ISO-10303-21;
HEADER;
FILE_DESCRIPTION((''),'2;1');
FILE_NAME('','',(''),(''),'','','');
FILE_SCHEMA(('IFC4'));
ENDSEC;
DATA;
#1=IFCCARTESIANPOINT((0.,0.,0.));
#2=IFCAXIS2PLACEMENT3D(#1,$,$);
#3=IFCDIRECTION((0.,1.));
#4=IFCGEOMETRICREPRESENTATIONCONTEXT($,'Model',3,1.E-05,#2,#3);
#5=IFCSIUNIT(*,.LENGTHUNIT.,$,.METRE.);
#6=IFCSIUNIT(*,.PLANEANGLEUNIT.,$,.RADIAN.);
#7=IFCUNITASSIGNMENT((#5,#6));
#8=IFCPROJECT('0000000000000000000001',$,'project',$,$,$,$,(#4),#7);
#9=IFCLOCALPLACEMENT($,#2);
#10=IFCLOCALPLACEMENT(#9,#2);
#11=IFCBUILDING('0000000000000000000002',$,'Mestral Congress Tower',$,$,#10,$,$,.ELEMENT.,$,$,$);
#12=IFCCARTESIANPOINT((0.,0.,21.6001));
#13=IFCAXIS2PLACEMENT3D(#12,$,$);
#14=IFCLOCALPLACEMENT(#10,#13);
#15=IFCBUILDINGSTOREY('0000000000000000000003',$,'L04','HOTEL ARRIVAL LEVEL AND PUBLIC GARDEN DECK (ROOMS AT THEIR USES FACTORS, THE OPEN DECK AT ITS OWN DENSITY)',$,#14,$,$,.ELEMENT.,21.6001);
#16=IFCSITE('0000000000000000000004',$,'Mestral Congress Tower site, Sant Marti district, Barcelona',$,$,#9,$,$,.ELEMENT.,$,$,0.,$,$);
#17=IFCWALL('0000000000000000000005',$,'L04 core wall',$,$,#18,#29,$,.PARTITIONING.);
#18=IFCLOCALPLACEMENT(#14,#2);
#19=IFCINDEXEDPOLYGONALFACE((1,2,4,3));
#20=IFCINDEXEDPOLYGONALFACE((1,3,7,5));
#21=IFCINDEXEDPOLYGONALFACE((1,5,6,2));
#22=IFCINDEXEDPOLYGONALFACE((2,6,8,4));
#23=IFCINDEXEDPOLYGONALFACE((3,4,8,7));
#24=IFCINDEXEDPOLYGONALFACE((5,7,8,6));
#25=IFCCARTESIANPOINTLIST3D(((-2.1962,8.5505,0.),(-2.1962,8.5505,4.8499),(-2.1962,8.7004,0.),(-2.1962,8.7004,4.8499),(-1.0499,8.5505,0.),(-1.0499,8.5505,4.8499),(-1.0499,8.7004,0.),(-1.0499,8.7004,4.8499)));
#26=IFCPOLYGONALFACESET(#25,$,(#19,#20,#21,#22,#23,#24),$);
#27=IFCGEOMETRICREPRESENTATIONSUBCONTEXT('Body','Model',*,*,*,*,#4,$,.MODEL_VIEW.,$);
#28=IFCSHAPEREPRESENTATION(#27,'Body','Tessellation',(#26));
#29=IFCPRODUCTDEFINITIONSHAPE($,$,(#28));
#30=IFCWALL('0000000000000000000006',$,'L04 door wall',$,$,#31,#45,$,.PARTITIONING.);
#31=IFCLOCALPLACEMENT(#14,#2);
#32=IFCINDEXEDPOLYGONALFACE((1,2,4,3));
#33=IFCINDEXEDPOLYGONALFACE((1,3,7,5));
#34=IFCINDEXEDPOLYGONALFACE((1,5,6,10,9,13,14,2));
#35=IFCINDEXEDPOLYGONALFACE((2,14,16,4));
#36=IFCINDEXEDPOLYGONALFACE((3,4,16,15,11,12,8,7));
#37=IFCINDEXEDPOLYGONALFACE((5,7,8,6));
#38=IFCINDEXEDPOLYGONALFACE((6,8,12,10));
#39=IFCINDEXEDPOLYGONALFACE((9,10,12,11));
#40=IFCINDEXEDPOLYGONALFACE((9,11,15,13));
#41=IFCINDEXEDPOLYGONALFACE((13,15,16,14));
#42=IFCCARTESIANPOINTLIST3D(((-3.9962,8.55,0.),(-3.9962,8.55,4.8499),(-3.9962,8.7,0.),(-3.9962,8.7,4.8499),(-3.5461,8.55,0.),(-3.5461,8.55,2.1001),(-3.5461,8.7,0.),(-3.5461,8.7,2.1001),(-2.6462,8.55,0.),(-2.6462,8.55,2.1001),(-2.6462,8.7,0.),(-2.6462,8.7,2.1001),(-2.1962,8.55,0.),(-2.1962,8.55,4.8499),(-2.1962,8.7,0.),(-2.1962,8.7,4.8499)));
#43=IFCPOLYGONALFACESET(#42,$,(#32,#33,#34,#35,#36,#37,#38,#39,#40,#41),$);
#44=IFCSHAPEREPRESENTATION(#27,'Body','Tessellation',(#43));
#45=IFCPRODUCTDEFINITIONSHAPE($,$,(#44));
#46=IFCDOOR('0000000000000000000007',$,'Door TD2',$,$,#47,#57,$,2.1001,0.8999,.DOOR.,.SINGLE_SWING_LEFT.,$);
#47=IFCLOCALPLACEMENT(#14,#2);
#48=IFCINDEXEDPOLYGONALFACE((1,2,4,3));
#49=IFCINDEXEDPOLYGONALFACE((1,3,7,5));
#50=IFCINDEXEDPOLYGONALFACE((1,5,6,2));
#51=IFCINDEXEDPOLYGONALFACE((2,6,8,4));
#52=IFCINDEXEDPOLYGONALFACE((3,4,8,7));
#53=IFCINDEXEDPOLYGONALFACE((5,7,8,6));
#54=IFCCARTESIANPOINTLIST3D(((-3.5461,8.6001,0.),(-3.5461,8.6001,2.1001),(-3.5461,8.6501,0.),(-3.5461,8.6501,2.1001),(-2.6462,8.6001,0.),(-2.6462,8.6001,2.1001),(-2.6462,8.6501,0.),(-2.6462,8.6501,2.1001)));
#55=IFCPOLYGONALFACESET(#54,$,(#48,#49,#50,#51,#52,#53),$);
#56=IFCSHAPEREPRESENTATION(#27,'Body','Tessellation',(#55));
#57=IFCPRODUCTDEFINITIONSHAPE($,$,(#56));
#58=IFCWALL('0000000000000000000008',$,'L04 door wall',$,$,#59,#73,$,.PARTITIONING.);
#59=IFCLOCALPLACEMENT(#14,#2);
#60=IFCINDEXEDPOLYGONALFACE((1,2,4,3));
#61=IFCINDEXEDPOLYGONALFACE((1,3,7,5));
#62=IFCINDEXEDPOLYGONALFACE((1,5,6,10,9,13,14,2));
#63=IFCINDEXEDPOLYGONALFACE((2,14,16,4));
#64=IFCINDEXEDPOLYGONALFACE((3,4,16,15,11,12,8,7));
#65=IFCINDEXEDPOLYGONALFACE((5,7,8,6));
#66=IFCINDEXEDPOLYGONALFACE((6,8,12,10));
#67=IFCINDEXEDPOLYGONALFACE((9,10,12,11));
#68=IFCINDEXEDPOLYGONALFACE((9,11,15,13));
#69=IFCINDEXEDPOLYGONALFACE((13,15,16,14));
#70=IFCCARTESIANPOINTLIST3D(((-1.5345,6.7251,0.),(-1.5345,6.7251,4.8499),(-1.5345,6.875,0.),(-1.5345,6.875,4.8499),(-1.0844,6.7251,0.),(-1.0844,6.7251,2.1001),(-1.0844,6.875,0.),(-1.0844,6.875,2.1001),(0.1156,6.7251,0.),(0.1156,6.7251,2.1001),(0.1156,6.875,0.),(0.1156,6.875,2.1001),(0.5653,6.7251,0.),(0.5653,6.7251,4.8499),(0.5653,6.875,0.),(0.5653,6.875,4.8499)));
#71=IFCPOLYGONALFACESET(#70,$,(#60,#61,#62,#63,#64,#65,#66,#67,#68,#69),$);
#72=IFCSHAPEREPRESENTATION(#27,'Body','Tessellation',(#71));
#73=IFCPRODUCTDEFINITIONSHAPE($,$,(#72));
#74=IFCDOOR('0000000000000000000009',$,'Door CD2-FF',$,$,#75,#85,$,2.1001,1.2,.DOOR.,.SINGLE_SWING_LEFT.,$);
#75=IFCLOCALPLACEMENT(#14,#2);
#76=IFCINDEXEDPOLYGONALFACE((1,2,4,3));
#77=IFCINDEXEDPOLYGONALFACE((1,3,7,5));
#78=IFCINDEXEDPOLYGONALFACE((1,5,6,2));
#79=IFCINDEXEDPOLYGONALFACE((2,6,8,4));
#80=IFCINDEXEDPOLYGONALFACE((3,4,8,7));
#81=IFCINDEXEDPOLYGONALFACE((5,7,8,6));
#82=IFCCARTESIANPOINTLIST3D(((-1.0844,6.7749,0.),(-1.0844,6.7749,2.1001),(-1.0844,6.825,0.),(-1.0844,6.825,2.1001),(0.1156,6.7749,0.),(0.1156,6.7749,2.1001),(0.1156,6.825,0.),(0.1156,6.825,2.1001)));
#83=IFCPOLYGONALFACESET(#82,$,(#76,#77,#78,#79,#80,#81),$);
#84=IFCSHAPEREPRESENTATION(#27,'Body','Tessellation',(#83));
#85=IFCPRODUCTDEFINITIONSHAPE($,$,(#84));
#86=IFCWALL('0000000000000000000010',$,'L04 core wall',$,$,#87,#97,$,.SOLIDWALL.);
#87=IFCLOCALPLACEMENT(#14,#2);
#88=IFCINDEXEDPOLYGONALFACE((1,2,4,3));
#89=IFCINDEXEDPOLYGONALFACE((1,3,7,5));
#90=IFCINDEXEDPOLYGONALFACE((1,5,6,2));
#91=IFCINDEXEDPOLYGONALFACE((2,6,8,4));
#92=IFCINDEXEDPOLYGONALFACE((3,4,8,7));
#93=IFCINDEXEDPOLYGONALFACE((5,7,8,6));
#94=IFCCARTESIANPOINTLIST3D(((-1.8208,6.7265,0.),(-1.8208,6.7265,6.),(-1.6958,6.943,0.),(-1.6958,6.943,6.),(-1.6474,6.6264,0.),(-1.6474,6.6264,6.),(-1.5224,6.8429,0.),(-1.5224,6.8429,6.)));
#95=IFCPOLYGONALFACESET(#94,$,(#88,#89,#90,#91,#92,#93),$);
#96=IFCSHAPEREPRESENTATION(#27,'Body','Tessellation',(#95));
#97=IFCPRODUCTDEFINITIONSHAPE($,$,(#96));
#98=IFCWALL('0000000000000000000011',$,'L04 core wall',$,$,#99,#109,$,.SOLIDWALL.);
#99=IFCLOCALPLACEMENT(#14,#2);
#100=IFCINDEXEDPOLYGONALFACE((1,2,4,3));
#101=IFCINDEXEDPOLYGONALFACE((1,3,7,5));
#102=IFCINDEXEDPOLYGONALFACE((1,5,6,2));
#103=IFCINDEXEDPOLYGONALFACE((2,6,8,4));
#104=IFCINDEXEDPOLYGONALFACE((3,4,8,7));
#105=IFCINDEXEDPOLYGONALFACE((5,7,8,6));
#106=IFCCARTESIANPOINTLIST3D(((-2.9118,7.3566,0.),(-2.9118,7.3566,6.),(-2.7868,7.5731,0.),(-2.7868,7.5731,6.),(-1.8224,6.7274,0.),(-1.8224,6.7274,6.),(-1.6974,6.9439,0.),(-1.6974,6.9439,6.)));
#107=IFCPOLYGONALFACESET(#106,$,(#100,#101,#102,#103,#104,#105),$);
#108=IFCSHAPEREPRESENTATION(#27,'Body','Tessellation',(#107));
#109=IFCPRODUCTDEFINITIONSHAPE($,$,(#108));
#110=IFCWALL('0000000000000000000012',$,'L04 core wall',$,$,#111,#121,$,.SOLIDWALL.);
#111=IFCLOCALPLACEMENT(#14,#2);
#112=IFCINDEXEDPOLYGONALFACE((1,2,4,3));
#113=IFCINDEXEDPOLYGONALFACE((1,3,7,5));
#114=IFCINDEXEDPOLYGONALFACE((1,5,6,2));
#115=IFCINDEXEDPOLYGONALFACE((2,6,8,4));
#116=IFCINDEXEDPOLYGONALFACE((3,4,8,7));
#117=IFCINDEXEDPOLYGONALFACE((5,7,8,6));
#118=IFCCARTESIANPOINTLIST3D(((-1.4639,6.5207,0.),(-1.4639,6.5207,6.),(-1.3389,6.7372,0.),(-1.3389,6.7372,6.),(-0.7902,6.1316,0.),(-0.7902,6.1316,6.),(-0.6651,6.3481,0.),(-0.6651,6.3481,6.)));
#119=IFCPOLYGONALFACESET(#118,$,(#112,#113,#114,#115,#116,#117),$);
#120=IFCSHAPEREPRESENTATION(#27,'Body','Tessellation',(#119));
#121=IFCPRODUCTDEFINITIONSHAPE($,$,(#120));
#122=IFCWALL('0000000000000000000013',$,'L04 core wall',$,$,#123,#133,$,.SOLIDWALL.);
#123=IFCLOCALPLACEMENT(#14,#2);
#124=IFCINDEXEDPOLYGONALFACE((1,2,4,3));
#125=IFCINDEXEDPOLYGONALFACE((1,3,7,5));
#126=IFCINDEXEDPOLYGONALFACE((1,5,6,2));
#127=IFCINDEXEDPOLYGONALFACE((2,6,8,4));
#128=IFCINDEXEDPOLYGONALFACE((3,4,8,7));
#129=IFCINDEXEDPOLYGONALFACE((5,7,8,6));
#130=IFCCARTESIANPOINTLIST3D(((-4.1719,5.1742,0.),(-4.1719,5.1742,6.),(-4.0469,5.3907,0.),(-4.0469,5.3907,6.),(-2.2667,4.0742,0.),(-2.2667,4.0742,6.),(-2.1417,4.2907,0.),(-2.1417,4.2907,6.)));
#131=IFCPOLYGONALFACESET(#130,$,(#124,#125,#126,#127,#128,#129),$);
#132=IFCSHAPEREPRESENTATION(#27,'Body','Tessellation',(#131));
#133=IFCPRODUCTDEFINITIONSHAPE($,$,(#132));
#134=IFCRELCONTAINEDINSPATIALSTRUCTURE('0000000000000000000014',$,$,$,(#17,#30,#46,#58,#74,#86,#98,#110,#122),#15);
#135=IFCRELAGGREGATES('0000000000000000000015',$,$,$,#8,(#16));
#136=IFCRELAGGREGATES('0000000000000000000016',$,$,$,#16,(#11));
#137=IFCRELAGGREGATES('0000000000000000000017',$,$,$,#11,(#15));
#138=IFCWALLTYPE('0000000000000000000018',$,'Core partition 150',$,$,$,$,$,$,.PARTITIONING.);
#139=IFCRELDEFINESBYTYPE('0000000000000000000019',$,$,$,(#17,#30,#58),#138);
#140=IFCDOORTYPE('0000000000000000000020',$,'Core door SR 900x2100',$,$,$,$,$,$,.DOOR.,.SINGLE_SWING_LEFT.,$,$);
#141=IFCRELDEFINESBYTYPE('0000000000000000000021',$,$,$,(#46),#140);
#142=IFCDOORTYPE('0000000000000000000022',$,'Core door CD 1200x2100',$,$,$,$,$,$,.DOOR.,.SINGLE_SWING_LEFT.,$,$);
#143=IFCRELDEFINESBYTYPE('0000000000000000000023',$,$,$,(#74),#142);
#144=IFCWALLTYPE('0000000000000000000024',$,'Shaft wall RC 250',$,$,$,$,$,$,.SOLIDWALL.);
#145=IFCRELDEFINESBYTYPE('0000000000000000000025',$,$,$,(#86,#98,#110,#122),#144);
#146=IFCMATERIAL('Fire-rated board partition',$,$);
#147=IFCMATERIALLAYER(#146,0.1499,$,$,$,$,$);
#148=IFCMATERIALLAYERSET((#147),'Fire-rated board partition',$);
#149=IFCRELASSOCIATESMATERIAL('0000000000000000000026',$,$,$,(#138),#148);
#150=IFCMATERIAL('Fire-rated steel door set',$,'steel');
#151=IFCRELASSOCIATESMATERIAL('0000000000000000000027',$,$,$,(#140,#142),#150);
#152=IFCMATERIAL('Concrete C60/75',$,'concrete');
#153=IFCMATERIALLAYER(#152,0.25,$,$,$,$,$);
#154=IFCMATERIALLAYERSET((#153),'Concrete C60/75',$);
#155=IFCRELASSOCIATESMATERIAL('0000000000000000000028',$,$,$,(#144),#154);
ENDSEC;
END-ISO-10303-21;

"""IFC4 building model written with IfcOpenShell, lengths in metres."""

from ifc_helpers import new_model, si_unit, direction, frame, frame_2d, origin, place, context, subcontext, project, spatial, rectangle, extrude, material, layer, layer_set, type_object, element, fill, save


model = new_model("IFC4")

# Units and contexts
model_context = context("Model", 3, precision=1e-05, world=origin(), true_north=direction((0.0, 1.0)))
body_context = subcontext(model_context, "Body", "Model", "MODEL_VIEW")
ifc_project = project(units=[si_unit("LENGTHUNIT", "METRE"), si_unit("PLANEANGLEUNIT", "RADIAN")], contexts=[model_context])

# Site, building, storey
site_placement = place(None, origin())
site = spatial("IfcSite", under=ifc_project, at=site_placement, Name="Mestral Congress Tower site, Sant Marti district, Barcelona", CompositionType="ELEMENT", RefElevation=0.0)
building_placement = place(site_placement, origin())
building = spatial("IfcBuilding", under=site, at=building_placement, Name="Mestral Congress Tower", CompositionType="ELEMENT")
storey_placement = place(building_placement, frame((0.0, 0.0, 21.6001)))
storey = spatial("IfcBuildingStorey", under=building, at=storey_placement, Name="L04", Description="HOTEL ARRIVAL LEVEL AND PUBLIC GARDEN DECK (ROOMS AT THEIR USES FACTORS, THE OPEN DECK AT ITS OWN DENSITY)", CompositionType="ELEMENT", Elevation=21.6001)

# Wall
ifc_material_1 = material(Name="Fire-rated board partition")
ifc_layer_1 = layer(ifc_material_1, 0.1499)
ifc_layer_set_1 = layer_set([ifc_layer_1], Name="Fire-rated board partition")
wall_type_1 = type_object("IfcWallType", Name="Core partition 150", PredefinedType="PARTITIONING", material=ifc_layer_set_1)
wall_1_placement = place(storey_placement, frame((-2.1963, 8.6255, 0.0), z_axis=(0.0, 0.0, 1.0), x_axis=(1.0, 0.0, 0.0)))
element("IfcWall", 1, at=wall_1_placement, inside=storey, type_object=wall_type_1, Name="L04 core wall", PredefinedType="PARTITIONING", context=body_context, shape_type="SweptSolid", body=[
    extrude(rectangle(XDim=1.1462, YDim=0.1499, at=frame_2d((0.5732, 0.0))), origin(), (0.0, 0.0, 1.0), 4.8499),
])

# Walls, openings, doors
wall_2_placement = place(storey_placement, frame((-2.1963, 8.625, 0.0), z_axis=(0.0, 0.0, 1.0), x_axis=(-1.0, 0.0, 0.0)))
wall_2 = element("IfcWall", 2, at=wall_2_placement, inside=storey, type_object=wall_type_1, Name="L04 door wall", PredefinedType="PARTITIONING", context=body_context, shape_type="SweptSolid", body=[
    extrude(rectangle(XDim=1.8, YDim=0.1499, at=frame_2d((0.8999, 0.0))), origin(), (0.0, 0.0, 1.0), 4.8499),
])
opening_1_placement = place(wall_2_placement, frame((0.45, 0.0, 0.0)))
opening_1 = element("IfcOpeningElement", 3, at=opening_1_placement, cuts=wall_2, PredefinedType="OPENING", context=body_context, shape_type="SweptSolid", body=[
    extrude(rectangle(XDim=0.8999, YDim=2.1001, at=frame_2d((0.45, 1.05))), frame((0.0, 0.085, 0.0), z_axis=(0.0, -1.0, 0.0), x_axis=(1.0, 0.0, 0.0)), (0.0, 0.0, 1.0), 0.1699),
])
ifc_material_2 = material(Name="Fire-rated steel door set", Category="steel")
door_type_1 = type_object("IfcDoorType", Name="Core door SR 900x2100", OperationType="SINGLE_SWING_LEFT", PredefinedType="DOOR", material=ifc_material_2)
door_1_placement = place(opening_1_placement, origin())
door_1 = element("IfcDoor", 4, at=door_1_placement, inside=storey, type_object=door_type_1, Name="Door TD2", OperationType="SINGLE_SWING_LEFT", OverallHeight=2.1001, OverallWidth=0.8999, PredefinedType="DOOR", context=body_context, shape_type="SweptSolid", body=[
    extrude(rectangle(XDim=0.8999, YDim=2.1001, at=frame_2d((0.45, 1.05))), frame((0.0, 0.0249, 0.0), z_axis=(0.0, -1.0, 0.0), x_axis=(1.0, 0.0, 0.0)), (0.0, 0.0, 1.0), 0.05),
])
fill(opening_1, door_1)
wall_3_placement = place(storey_placement, frame((-1.5344, 6.8, 0.0), z_axis=(0.0, 0.0, 1.0), x_axis=(1.0, 0.0, 0.0)))
wall_3 = element("IfcWall", 5, at=wall_3_placement, inside=storey, type_object=wall_type_1, Name="L04 door wall", PredefinedType="PARTITIONING", context=body_context, shape_type="SweptSolid", body=[
    extrude(rectangle(XDim=2.0999, YDim=0.1499, at=frame_2d((1.0498, 0.0))), origin(), (0.0, 0.0, 1.0), 4.8499),
])
opening_2_placement = place(wall_3_placement, frame((0.45, 0.0, 0.0)))
opening_2 = element("IfcOpeningElement", 6, at=opening_2_placement, cuts=wall_3, PredefinedType="OPENING", context=body_context, shape_type="SweptSolid", body=[
    extrude(rectangle(XDim=1.2, YDim=2.1001, at=frame_2d((0.6001, 1.05))), frame((0.0, 0.085, 0.0), z_axis=(0.0, -1.0, 0.0), x_axis=(1.0, 0.0, 0.0)), (0.0, 0.0, 1.0), 0.1699),
])
door_type_2 = type_object("IfcDoorType", Name="Core door CD 1200x2100", OperationType="SINGLE_SWING_LEFT", PredefinedType="DOOR", material=ifc_material_2)
door_2_placement = place(opening_2_placement, origin())
door_2 = element("IfcDoor", 7, at=door_2_placement, inside=storey, type_object=door_type_2, Name="Door CD2-FF", OperationType="SINGLE_SWING_LEFT", OverallHeight=2.1001, OverallWidth=1.2, PredefinedType="DOOR", context=body_context, shape_type="SweptSolid", body=[
    extrude(rectangle(XDim=1.2, YDim=2.1001, at=frame_2d((0.6001, 1.05))), frame((0.0, 0.0249, 0.0), z_axis=(0.0, -1.0, 0.0), x_axis=(1.0, 0.0, 0.0)), (0.0, 0.0, 1.0), 0.05),
])
fill(opening_2, door_2)

# Walls
ifc_material_3 = material(Name="Concrete C60/75", Category="concrete")
ifc_layer_2 = layer(ifc_material_3, 0.25)
ifc_layer_set_2 = layer_set([ifc_layer_2], Name="Concrete C60/75")
wall_type_2 = type_object("IfcWallType", Name="Shaft wall RC 250", PredefinedType="SOLIDWALL", material=ifc_layer_set_2)
wall_4_placement = place(storey_placement, frame((-1.7583, 6.8347, 0.0), z_axis=(0.0, 0.0, 1.0), x_axis=(0.865982, -0.500074, 0.0)))
element("IfcWall", 8, at=wall_4_placement, inside=storey, type_object=wall_type_2, Name="L04 core wall", PredefinedType="SOLIDWALL", context=body_context, shape_type="SweptSolid", body=[
    extrude(rectangle(XDim=0.2002, YDim=0.25, at=frame_2d((0.1001, 0.0))), origin(), (0.0, 0.0, 1.0), 6.0),
])
wall_5_placement = place(storey_placement, frame((-1.76, 6.8357, 0.0), z_axis=(0.0, 0.0, 1.0), x_axis=(-0.865953, 0.500126, 0.0)))
element("IfcWall", 9, at=wall_5_placement, inside=storey, type_object=wall_type_2, Name="L04 core wall", PredefinedType="SOLIDWALL", context=body_context, shape_type="SweptSolid", body=[
    extrude(rectangle(XDim=1.2581, YDim=0.25, at=frame_2d((0.6289, 0.0))), origin(), (0.0, 0.0, 1.0), 6.0),
])
wall_6_placement = place(storey_placement, frame((-0.7275, 6.2397, 0.0), z_axis=(0.0, 0.0, 1.0), x_axis=(-0.865956, 0.500121, 0.0)))
element("IfcWall", 10, at=wall_6_placement, inside=storey, type_object=wall_type_2, Name="L04 core wall", PredefinedType="SOLIDWALL", context=body_context, shape_type="SweptSolid", body=[
    extrude(rectangle(XDim=0.7781, YDim=0.25, at=frame_2d((0.3892, 0.0))), origin(), (0.0, 0.0, 1.0), 6.0),
])
wall_7_placement = place(storey_placement, frame((-2.2041, 4.1824, 0.0), z_axis=(0.0, 0.0, 1.0), x_axis=(-0.866008, 0.50003, 0.0)))
element("IfcWall", 11, at=wall_7_placement, inside=storey, type_object=wall_type_2, Name="L04 core wall", PredefinedType="SOLIDWALL", context=body_context, shape_type="SweptSolid", body=[
    extrude(rectangle(XDim=2.2, YDim=0.25, at=frame_2d((1.1001, 0.0))), origin(), (0.0, 0.0, 1.0), 6.0),
])

save(model, "model.ifc")
